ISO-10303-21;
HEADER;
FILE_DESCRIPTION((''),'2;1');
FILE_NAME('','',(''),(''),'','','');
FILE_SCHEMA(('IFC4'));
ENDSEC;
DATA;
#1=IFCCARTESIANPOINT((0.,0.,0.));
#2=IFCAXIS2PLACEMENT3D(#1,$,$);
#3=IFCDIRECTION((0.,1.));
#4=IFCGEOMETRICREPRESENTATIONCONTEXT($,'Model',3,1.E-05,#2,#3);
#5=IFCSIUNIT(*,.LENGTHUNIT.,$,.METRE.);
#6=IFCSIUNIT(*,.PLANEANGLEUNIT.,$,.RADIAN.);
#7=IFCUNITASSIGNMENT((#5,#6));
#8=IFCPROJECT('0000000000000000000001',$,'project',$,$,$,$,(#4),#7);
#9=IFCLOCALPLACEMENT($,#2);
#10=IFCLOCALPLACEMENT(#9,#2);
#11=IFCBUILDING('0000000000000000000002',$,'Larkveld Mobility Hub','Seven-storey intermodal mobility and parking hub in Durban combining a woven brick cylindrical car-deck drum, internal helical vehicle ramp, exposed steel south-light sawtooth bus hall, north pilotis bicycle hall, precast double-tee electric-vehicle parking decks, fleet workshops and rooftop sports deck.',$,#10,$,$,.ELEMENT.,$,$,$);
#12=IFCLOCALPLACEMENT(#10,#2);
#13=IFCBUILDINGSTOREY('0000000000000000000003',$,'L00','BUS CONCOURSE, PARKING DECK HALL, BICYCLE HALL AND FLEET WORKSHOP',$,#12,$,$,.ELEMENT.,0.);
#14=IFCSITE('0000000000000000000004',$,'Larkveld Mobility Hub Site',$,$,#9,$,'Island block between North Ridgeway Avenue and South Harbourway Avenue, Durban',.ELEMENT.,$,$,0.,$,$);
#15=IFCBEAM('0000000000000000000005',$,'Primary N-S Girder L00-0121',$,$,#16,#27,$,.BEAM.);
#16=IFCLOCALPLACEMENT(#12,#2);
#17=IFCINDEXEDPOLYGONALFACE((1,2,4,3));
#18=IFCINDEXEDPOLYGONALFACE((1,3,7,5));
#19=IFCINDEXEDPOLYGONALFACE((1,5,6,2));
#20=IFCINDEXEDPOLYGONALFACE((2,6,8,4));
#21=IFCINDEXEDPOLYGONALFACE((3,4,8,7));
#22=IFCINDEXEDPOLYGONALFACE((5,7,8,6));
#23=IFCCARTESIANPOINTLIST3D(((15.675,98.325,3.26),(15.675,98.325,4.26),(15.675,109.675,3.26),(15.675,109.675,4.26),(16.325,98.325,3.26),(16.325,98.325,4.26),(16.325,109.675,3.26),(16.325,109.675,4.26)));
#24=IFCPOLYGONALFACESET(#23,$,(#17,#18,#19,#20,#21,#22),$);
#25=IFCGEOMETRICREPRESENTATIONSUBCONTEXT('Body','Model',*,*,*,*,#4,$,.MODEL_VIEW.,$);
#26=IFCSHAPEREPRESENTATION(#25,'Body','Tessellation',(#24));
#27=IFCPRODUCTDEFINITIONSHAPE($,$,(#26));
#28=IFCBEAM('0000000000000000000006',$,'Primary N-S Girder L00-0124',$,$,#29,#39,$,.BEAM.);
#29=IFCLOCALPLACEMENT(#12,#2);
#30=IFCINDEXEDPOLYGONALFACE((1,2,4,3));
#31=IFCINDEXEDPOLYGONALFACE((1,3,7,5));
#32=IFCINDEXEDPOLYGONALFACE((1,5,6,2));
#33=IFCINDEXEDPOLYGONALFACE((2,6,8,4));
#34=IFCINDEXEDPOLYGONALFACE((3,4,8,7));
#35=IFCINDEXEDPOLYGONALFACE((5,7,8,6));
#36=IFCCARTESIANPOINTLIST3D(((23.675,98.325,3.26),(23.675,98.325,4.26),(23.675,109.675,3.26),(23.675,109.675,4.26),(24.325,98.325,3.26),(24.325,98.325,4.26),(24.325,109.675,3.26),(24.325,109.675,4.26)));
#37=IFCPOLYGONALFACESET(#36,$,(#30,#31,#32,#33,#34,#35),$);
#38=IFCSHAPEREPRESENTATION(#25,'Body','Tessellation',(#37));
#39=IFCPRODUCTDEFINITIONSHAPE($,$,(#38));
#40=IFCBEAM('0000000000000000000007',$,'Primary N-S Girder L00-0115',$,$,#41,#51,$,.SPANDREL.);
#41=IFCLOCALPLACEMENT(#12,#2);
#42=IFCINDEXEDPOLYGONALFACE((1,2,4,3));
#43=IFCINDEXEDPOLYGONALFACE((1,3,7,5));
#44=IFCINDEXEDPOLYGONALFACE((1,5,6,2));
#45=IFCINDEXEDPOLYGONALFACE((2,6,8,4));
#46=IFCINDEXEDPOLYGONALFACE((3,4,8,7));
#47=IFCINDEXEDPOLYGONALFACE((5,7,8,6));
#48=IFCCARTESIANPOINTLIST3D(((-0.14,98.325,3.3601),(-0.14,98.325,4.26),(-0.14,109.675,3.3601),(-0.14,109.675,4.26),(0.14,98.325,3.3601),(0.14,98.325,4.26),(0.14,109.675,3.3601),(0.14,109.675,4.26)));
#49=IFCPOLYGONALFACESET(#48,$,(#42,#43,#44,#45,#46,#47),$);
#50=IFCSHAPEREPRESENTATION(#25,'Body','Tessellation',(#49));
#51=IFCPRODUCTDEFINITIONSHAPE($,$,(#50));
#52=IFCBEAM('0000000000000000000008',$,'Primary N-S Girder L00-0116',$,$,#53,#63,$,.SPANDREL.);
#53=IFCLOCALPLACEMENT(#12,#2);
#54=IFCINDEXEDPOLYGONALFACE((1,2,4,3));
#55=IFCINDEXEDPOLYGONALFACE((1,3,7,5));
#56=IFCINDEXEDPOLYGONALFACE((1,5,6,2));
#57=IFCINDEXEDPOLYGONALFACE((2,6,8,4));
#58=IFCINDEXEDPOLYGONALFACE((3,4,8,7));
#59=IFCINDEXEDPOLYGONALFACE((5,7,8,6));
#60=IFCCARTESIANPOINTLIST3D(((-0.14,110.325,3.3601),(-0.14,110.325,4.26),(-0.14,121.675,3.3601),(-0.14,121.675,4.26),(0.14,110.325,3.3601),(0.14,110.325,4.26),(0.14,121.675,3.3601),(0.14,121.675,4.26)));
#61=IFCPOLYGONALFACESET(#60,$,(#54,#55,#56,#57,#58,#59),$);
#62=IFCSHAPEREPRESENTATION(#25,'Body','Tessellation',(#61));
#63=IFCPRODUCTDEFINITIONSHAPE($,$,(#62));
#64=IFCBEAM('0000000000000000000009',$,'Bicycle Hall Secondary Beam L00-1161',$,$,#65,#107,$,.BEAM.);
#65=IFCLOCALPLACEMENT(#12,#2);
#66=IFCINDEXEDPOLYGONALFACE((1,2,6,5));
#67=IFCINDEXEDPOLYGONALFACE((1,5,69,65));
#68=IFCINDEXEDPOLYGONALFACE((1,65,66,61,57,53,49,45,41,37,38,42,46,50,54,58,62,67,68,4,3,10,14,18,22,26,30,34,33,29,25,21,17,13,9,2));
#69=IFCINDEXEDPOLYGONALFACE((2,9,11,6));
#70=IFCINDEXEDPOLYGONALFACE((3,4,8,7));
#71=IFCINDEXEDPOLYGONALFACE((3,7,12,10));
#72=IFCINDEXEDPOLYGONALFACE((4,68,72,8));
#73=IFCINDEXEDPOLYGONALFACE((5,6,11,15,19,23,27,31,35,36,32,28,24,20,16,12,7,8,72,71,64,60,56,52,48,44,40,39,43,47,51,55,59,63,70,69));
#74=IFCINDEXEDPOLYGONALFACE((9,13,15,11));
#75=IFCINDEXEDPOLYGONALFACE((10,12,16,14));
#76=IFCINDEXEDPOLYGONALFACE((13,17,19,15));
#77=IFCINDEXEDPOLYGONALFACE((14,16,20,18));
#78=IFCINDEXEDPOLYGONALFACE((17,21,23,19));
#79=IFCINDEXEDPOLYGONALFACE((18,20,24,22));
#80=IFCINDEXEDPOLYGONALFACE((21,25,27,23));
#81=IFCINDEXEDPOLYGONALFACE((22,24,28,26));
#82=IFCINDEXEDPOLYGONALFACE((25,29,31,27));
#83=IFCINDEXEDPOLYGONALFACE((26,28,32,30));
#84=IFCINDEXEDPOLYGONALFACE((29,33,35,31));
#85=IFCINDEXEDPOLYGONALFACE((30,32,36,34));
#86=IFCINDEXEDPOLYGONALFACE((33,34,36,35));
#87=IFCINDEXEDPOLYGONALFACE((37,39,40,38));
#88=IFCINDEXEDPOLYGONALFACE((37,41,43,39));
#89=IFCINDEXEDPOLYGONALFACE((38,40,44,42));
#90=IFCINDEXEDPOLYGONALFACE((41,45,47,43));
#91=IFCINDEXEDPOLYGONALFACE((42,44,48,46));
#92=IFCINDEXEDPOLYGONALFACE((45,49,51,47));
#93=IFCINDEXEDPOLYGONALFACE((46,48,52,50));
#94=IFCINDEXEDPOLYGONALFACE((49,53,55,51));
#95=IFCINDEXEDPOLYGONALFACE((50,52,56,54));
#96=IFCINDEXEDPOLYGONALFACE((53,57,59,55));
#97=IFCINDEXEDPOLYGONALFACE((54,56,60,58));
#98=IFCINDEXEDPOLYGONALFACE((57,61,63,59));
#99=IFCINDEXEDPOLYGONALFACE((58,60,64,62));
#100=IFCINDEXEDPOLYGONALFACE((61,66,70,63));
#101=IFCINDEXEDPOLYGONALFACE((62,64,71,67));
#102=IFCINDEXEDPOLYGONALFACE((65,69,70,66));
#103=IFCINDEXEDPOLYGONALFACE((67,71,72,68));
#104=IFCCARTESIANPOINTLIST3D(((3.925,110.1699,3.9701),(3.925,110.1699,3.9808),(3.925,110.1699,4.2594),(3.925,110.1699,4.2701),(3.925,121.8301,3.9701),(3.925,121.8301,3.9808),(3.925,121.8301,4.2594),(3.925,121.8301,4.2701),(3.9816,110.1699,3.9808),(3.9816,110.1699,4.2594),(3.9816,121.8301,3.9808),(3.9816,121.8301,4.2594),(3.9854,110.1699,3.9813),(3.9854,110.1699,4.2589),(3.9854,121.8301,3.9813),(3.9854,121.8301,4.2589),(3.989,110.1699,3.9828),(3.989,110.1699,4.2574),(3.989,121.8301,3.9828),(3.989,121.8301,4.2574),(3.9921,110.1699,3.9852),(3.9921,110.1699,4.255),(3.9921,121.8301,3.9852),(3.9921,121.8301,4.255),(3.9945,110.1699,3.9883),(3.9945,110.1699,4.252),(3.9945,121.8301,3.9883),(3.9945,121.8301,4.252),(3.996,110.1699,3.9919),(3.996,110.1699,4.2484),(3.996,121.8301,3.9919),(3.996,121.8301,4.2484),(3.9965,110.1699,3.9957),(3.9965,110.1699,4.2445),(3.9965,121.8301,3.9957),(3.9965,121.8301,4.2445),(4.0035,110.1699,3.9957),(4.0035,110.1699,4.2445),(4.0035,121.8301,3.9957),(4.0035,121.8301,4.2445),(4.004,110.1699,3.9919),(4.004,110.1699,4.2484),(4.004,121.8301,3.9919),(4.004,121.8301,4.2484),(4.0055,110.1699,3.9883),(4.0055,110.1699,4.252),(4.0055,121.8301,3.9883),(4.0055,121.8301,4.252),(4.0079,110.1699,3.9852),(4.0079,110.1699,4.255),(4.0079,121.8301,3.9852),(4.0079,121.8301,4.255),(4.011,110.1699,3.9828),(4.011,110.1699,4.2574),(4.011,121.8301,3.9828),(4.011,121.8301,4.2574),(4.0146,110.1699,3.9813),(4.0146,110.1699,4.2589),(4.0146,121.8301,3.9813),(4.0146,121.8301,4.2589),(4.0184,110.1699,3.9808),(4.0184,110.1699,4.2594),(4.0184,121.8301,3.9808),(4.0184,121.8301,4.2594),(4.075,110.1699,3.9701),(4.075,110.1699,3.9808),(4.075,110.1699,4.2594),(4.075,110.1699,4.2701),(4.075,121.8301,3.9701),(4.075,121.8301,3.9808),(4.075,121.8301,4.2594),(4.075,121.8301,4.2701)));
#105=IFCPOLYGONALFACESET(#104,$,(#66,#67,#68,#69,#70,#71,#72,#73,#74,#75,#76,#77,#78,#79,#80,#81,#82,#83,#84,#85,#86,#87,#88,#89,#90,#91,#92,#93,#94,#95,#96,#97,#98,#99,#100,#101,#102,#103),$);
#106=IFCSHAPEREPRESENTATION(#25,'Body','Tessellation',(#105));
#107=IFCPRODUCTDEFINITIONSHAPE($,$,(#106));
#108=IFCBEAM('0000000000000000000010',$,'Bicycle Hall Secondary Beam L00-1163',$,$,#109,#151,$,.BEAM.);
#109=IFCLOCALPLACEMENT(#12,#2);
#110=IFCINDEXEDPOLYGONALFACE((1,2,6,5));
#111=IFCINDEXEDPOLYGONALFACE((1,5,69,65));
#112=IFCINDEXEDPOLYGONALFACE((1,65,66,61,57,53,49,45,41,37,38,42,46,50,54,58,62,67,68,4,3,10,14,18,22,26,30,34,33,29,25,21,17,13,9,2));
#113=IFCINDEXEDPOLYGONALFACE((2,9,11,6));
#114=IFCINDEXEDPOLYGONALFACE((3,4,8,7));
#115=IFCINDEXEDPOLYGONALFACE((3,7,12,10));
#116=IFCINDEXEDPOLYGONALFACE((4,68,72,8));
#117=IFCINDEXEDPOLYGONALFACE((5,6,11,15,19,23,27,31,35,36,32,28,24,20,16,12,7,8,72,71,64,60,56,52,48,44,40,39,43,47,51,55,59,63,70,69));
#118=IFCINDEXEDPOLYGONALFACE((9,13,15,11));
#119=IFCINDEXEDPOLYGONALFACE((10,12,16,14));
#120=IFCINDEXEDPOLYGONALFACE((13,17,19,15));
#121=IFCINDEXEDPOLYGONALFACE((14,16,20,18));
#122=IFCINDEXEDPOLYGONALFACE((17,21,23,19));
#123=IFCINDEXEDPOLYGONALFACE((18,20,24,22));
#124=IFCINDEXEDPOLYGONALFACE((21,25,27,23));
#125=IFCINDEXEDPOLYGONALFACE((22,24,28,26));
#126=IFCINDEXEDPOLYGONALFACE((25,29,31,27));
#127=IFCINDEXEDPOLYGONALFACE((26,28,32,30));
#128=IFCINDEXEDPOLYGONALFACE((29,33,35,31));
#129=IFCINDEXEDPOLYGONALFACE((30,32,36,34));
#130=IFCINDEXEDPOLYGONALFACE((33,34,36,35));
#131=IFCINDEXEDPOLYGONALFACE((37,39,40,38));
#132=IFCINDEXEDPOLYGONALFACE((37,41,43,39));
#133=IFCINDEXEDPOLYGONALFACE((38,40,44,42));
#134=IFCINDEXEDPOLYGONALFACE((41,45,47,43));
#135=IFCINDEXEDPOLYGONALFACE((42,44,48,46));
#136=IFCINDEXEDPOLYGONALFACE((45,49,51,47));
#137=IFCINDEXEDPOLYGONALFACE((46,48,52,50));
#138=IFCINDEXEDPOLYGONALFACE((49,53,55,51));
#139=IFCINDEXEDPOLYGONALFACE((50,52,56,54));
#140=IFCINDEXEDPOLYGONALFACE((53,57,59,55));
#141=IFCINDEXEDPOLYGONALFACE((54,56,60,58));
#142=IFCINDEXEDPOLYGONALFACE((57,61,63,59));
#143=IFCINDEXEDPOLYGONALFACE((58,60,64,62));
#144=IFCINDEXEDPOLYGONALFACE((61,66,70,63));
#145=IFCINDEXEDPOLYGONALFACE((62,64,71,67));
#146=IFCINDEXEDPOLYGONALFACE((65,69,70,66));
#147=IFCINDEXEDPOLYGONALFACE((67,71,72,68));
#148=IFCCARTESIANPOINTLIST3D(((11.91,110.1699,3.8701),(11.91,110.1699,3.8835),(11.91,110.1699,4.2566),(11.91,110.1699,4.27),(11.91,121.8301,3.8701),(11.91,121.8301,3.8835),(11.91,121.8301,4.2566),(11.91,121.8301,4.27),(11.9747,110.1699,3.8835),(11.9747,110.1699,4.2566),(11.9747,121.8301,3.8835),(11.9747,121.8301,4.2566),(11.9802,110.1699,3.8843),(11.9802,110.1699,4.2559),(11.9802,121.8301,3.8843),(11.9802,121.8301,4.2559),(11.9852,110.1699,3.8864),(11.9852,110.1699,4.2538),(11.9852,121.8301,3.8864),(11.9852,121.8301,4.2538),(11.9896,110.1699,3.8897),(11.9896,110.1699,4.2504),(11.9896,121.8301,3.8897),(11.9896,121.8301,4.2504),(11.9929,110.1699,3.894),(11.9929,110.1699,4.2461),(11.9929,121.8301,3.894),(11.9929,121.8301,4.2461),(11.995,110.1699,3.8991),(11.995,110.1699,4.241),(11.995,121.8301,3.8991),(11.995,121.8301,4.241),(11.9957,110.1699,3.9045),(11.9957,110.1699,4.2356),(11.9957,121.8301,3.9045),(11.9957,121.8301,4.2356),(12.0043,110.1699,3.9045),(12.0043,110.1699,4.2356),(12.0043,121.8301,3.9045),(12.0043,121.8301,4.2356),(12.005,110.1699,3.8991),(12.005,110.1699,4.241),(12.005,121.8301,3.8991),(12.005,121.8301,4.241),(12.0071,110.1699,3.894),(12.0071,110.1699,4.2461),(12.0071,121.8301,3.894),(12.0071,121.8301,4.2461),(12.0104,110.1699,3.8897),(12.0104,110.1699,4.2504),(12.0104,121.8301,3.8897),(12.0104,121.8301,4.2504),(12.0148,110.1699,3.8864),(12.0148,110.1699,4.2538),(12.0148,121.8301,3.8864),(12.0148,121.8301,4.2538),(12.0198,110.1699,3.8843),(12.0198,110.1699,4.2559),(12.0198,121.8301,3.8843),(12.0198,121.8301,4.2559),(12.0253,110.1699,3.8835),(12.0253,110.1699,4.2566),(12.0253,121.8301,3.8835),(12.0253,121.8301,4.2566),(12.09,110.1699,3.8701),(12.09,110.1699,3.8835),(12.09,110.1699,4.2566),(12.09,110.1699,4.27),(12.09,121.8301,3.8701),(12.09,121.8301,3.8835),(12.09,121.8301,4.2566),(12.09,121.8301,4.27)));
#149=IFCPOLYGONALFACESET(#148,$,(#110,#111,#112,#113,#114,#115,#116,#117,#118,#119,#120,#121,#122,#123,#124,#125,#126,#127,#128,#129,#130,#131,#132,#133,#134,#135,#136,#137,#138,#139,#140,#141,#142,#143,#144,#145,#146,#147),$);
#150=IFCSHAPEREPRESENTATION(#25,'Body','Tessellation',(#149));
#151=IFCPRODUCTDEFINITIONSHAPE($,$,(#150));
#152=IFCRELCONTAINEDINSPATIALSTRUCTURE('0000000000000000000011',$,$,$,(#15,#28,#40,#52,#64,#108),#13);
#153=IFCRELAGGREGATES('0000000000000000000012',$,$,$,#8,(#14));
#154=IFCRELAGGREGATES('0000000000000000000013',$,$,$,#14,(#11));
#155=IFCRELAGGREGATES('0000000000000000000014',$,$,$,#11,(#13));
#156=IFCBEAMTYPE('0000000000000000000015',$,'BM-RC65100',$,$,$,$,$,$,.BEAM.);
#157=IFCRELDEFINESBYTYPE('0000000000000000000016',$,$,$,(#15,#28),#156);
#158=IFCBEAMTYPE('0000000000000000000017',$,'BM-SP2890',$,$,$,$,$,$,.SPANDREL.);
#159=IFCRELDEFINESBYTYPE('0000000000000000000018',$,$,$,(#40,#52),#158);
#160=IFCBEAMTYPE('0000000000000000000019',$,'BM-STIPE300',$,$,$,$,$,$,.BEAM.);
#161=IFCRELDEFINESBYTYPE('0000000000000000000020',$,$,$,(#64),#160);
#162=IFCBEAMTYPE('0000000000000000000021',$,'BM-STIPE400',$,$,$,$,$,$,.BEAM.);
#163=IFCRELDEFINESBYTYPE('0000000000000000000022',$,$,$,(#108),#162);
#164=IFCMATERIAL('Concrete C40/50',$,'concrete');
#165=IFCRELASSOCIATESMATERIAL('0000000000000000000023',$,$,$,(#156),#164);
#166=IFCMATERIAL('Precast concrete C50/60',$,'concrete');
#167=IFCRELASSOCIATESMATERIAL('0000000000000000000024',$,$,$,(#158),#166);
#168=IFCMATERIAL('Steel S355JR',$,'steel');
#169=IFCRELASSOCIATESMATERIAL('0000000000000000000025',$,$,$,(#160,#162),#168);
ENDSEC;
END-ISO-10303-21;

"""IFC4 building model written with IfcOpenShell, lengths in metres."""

from ifc_helpers import new_model, si_unit, direction, frame, origin, origin_2d, place, context, subcontext, project, spatial, rectangle, i_section, extrude, material, material_profile, profile_set, type_object, element, save


model = new_model("IFC4")

# Units and contexts
model_context = context("Model", 3, precision=1e-05, world=origin(), true_north=direction((0.0, 1.0)))
body_context = subcontext(model_context, "Body", "Model", "MODEL_VIEW")
ifc_project = project(units=[si_unit("LENGTHUNIT", "METRE"), si_unit("PLANEANGLEUNIT", "RADIAN")], contexts=[model_context])

# Site, building, storey
site_placement = place(None, origin())
site = spatial("IfcSite", under=ifc_project, at=site_placement, Name="Larkveld Mobility Hub Site", LongName="Island block between North Ridgeway Avenue and South Harbourway Avenue, Durban", CompositionType="ELEMENT", RefElevation=0.0)
building_placement = place(site_placement, origin())
building = spatial("IfcBuilding", under=site, at=building_placement, Name="Larkveld Mobility Hub", Description="Seven-storey intermodal mobility and parking hub in Durban combining a woven brick cylindrical car-deck drum, internal helical vehicle ramp, exposed steel south-light sawtooth bus hall, north pilotis bicycle hall, precast double-tee electric-vehicle parking decks, fleet workshops and rooftop sports deck.", CompositionType="ELEMENT")
storey_placement = place(building_placement, origin())
storey = spatial("IfcBuildingStorey", under=building, at=storey_placement, Name="L00", Description="BUS CONCOURSE, PARKING DECK HALL, BICYCLE HALL AND FLEET WORKSHOP", CompositionType="ELEMENT", Elevation=0.0)

# Shared definitions
ifc_material_1 = material(Name="Concrete C40/50", Category="concrete")

# Beams
ifc_material_profile_1 = material_profile(ifc_material_1, rectangle(XDim=0.6499, YDim=1.0, at=origin_2d()), Name="RC BM 650x1000")
ifc_profile_set_1 = profile_set([ifc_material_profile_1], Name="Concrete C40/50")
beam_type_1 = type_object("IfcBeamType", Name="BM-RC65100", PredefinedType="BEAM", material=ifc_profile_set_1)
for number, where, z_axis, x_axis, name in (
    (1, (16.0, 98.325, 3.76), (0.0, 1.0, 0.0), (-1.0, 0.0, 0.0), "Primary N-S Girder L00-0121"),
    (2, (24.0, 98.325, 3.76), (0.0, 1.0, 0.0), (-1.0, 0.0, 0.0), "Primary N-S Girder L00-0124"),
):
    element("IfcBeam", number, at=place(storey_placement, frame(where, z_axis=z_axis, x_axis=x_axis)), inside=storey, type_object=beam_type_1, Name=name, PredefinedType="BEAM", context=body_context, shape_type="SweptSolid", body=[
        extrude(rectangle(XDim=0.6499, YDim=1.0, at=origin_2d()), origin(), (0.0, 0.0, 1.0), 11.3501),
    ])
ifc_material_2 = material(Name="Precast concrete C50/60", Category="concrete")
ifc_material_profile_2 = material_profile(ifc_material_2, rectangle(XDim=0.28, YDim=0.8999, at=origin_2d()), Name="PC SP 280x900")
ifc_profile_set_2 = profile_set([ifc_material_profile_2], Name="Precast concrete C50/60")
beam_type_2 = type_object("IfcBeamType", Name="BM-SP2890", PredefinedType="SPANDREL", material=ifc_profile_set_2)
for number, where, z_axis, x_axis, name in (
    (3, (0.0, 98.325, 3.8101), (0.0, 1.0, 0.0), (-1.0, 0.0, 0.0), "Primary N-S Girder L00-0115"),
    (4, (0.0, 110.325, 3.8101), (0.0, 1.0, 0.0), (-1.0, 0.0, 0.0), "Primary N-S Girder L00-0116"),
):
    element("IfcBeam", number, at=place(storey_placement, frame(where, z_axis=z_axis, x_axis=x_axis)), inside=storey, type_object=beam_type_2, Name=name, PredefinedType="SPANDREL", context=body_context, shape_type="SweptSolid", body=[
        extrude(rectangle(XDim=0.28, YDim=0.8999, at=origin_2d()), origin(), (0.0, 0.0, 1.0), 11.3501),
    ])
ifc_material_3 = material(Name="Steel S355JR", Category="steel")
ifc_material_profile_3 = material_profile(ifc_material_3, i_section(OverallWidth=0.1499, OverallDepth=0.3, WebThickness=0.0071, FlangeThickness=0.0107, FilletRadius=0.0149, at=origin_2d()), Name="IPE 300")
ifc_profile_set_3 = profile_set([ifc_material_profile_3], Name="Steel S355JR")
beam_type_3 = type_object("IfcBeamType", Name="BM-STIPE300", PredefinedType="BEAM", material=ifc_profile_set_3)
beam_1_placement = place(storey_placement, frame((4.0, 110.1699, 4.1201), z_axis=(0.0, 1.0, 0.0), x_axis=(-1.0, 0.0, 0.0)))
element("IfcBeam", 5, at=beam_1_placement, inside=storey, type_object=beam_type_3, Name="Bicycle Hall Secondary Beam L00-1161", PredefinedType="BEAM", context=body_context, shape_type="SweptSolid", body=[
    extrude(i_section(OverallWidth=0.1499, OverallDepth=0.3, WebThickness=0.0071, FlangeThickness=0.0107, FilletRadius=0.0149, at=origin_2d()), origin(), (0.0, 0.0, 1.0), 11.6602),
])
ifc_material_profile_4 = material_profile(ifc_material_3, i_section(OverallWidth=0.1799, OverallDepth=0.3999, WebThickness=0.0085, FlangeThickness=0.0134, FilletRadius=0.021, at=origin_2d()), Name="IPE 400")
ifc_profile_set_4 = profile_set([ifc_material_profile_4], Name="Steel S355JR")
beam_type_4 = type_object("IfcBeamType", Name="BM-STIPE400", PredefinedType="BEAM", material=ifc_profile_set_4)
beam_2_placement = place(storey_placement, frame((12.0, 110.1699, 4.0701), z_axis=(0.0, 1.0, 0.0), x_axis=(-1.0, 0.0, 0.0)))
element("IfcBeam", 6, at=beam_2_placement, inside=storey, type_object=beam_type_4, Name="Bicycle Hall Secondary Beam L00-1163", PredefinedType="BEAM", context=body_context, shape_type="SweptSolid", body=[
    extrude(i_section(OverallWidth=0.1799, OverallDepth=0.3999, WebThickness=0.0085, FlangeThickness=0.0134, FilletRadius=0.021, at=origin_2d()), origin(), (0.0, 0.0, 1.0), 11.6602),
])

save(model, "model.ifc")
